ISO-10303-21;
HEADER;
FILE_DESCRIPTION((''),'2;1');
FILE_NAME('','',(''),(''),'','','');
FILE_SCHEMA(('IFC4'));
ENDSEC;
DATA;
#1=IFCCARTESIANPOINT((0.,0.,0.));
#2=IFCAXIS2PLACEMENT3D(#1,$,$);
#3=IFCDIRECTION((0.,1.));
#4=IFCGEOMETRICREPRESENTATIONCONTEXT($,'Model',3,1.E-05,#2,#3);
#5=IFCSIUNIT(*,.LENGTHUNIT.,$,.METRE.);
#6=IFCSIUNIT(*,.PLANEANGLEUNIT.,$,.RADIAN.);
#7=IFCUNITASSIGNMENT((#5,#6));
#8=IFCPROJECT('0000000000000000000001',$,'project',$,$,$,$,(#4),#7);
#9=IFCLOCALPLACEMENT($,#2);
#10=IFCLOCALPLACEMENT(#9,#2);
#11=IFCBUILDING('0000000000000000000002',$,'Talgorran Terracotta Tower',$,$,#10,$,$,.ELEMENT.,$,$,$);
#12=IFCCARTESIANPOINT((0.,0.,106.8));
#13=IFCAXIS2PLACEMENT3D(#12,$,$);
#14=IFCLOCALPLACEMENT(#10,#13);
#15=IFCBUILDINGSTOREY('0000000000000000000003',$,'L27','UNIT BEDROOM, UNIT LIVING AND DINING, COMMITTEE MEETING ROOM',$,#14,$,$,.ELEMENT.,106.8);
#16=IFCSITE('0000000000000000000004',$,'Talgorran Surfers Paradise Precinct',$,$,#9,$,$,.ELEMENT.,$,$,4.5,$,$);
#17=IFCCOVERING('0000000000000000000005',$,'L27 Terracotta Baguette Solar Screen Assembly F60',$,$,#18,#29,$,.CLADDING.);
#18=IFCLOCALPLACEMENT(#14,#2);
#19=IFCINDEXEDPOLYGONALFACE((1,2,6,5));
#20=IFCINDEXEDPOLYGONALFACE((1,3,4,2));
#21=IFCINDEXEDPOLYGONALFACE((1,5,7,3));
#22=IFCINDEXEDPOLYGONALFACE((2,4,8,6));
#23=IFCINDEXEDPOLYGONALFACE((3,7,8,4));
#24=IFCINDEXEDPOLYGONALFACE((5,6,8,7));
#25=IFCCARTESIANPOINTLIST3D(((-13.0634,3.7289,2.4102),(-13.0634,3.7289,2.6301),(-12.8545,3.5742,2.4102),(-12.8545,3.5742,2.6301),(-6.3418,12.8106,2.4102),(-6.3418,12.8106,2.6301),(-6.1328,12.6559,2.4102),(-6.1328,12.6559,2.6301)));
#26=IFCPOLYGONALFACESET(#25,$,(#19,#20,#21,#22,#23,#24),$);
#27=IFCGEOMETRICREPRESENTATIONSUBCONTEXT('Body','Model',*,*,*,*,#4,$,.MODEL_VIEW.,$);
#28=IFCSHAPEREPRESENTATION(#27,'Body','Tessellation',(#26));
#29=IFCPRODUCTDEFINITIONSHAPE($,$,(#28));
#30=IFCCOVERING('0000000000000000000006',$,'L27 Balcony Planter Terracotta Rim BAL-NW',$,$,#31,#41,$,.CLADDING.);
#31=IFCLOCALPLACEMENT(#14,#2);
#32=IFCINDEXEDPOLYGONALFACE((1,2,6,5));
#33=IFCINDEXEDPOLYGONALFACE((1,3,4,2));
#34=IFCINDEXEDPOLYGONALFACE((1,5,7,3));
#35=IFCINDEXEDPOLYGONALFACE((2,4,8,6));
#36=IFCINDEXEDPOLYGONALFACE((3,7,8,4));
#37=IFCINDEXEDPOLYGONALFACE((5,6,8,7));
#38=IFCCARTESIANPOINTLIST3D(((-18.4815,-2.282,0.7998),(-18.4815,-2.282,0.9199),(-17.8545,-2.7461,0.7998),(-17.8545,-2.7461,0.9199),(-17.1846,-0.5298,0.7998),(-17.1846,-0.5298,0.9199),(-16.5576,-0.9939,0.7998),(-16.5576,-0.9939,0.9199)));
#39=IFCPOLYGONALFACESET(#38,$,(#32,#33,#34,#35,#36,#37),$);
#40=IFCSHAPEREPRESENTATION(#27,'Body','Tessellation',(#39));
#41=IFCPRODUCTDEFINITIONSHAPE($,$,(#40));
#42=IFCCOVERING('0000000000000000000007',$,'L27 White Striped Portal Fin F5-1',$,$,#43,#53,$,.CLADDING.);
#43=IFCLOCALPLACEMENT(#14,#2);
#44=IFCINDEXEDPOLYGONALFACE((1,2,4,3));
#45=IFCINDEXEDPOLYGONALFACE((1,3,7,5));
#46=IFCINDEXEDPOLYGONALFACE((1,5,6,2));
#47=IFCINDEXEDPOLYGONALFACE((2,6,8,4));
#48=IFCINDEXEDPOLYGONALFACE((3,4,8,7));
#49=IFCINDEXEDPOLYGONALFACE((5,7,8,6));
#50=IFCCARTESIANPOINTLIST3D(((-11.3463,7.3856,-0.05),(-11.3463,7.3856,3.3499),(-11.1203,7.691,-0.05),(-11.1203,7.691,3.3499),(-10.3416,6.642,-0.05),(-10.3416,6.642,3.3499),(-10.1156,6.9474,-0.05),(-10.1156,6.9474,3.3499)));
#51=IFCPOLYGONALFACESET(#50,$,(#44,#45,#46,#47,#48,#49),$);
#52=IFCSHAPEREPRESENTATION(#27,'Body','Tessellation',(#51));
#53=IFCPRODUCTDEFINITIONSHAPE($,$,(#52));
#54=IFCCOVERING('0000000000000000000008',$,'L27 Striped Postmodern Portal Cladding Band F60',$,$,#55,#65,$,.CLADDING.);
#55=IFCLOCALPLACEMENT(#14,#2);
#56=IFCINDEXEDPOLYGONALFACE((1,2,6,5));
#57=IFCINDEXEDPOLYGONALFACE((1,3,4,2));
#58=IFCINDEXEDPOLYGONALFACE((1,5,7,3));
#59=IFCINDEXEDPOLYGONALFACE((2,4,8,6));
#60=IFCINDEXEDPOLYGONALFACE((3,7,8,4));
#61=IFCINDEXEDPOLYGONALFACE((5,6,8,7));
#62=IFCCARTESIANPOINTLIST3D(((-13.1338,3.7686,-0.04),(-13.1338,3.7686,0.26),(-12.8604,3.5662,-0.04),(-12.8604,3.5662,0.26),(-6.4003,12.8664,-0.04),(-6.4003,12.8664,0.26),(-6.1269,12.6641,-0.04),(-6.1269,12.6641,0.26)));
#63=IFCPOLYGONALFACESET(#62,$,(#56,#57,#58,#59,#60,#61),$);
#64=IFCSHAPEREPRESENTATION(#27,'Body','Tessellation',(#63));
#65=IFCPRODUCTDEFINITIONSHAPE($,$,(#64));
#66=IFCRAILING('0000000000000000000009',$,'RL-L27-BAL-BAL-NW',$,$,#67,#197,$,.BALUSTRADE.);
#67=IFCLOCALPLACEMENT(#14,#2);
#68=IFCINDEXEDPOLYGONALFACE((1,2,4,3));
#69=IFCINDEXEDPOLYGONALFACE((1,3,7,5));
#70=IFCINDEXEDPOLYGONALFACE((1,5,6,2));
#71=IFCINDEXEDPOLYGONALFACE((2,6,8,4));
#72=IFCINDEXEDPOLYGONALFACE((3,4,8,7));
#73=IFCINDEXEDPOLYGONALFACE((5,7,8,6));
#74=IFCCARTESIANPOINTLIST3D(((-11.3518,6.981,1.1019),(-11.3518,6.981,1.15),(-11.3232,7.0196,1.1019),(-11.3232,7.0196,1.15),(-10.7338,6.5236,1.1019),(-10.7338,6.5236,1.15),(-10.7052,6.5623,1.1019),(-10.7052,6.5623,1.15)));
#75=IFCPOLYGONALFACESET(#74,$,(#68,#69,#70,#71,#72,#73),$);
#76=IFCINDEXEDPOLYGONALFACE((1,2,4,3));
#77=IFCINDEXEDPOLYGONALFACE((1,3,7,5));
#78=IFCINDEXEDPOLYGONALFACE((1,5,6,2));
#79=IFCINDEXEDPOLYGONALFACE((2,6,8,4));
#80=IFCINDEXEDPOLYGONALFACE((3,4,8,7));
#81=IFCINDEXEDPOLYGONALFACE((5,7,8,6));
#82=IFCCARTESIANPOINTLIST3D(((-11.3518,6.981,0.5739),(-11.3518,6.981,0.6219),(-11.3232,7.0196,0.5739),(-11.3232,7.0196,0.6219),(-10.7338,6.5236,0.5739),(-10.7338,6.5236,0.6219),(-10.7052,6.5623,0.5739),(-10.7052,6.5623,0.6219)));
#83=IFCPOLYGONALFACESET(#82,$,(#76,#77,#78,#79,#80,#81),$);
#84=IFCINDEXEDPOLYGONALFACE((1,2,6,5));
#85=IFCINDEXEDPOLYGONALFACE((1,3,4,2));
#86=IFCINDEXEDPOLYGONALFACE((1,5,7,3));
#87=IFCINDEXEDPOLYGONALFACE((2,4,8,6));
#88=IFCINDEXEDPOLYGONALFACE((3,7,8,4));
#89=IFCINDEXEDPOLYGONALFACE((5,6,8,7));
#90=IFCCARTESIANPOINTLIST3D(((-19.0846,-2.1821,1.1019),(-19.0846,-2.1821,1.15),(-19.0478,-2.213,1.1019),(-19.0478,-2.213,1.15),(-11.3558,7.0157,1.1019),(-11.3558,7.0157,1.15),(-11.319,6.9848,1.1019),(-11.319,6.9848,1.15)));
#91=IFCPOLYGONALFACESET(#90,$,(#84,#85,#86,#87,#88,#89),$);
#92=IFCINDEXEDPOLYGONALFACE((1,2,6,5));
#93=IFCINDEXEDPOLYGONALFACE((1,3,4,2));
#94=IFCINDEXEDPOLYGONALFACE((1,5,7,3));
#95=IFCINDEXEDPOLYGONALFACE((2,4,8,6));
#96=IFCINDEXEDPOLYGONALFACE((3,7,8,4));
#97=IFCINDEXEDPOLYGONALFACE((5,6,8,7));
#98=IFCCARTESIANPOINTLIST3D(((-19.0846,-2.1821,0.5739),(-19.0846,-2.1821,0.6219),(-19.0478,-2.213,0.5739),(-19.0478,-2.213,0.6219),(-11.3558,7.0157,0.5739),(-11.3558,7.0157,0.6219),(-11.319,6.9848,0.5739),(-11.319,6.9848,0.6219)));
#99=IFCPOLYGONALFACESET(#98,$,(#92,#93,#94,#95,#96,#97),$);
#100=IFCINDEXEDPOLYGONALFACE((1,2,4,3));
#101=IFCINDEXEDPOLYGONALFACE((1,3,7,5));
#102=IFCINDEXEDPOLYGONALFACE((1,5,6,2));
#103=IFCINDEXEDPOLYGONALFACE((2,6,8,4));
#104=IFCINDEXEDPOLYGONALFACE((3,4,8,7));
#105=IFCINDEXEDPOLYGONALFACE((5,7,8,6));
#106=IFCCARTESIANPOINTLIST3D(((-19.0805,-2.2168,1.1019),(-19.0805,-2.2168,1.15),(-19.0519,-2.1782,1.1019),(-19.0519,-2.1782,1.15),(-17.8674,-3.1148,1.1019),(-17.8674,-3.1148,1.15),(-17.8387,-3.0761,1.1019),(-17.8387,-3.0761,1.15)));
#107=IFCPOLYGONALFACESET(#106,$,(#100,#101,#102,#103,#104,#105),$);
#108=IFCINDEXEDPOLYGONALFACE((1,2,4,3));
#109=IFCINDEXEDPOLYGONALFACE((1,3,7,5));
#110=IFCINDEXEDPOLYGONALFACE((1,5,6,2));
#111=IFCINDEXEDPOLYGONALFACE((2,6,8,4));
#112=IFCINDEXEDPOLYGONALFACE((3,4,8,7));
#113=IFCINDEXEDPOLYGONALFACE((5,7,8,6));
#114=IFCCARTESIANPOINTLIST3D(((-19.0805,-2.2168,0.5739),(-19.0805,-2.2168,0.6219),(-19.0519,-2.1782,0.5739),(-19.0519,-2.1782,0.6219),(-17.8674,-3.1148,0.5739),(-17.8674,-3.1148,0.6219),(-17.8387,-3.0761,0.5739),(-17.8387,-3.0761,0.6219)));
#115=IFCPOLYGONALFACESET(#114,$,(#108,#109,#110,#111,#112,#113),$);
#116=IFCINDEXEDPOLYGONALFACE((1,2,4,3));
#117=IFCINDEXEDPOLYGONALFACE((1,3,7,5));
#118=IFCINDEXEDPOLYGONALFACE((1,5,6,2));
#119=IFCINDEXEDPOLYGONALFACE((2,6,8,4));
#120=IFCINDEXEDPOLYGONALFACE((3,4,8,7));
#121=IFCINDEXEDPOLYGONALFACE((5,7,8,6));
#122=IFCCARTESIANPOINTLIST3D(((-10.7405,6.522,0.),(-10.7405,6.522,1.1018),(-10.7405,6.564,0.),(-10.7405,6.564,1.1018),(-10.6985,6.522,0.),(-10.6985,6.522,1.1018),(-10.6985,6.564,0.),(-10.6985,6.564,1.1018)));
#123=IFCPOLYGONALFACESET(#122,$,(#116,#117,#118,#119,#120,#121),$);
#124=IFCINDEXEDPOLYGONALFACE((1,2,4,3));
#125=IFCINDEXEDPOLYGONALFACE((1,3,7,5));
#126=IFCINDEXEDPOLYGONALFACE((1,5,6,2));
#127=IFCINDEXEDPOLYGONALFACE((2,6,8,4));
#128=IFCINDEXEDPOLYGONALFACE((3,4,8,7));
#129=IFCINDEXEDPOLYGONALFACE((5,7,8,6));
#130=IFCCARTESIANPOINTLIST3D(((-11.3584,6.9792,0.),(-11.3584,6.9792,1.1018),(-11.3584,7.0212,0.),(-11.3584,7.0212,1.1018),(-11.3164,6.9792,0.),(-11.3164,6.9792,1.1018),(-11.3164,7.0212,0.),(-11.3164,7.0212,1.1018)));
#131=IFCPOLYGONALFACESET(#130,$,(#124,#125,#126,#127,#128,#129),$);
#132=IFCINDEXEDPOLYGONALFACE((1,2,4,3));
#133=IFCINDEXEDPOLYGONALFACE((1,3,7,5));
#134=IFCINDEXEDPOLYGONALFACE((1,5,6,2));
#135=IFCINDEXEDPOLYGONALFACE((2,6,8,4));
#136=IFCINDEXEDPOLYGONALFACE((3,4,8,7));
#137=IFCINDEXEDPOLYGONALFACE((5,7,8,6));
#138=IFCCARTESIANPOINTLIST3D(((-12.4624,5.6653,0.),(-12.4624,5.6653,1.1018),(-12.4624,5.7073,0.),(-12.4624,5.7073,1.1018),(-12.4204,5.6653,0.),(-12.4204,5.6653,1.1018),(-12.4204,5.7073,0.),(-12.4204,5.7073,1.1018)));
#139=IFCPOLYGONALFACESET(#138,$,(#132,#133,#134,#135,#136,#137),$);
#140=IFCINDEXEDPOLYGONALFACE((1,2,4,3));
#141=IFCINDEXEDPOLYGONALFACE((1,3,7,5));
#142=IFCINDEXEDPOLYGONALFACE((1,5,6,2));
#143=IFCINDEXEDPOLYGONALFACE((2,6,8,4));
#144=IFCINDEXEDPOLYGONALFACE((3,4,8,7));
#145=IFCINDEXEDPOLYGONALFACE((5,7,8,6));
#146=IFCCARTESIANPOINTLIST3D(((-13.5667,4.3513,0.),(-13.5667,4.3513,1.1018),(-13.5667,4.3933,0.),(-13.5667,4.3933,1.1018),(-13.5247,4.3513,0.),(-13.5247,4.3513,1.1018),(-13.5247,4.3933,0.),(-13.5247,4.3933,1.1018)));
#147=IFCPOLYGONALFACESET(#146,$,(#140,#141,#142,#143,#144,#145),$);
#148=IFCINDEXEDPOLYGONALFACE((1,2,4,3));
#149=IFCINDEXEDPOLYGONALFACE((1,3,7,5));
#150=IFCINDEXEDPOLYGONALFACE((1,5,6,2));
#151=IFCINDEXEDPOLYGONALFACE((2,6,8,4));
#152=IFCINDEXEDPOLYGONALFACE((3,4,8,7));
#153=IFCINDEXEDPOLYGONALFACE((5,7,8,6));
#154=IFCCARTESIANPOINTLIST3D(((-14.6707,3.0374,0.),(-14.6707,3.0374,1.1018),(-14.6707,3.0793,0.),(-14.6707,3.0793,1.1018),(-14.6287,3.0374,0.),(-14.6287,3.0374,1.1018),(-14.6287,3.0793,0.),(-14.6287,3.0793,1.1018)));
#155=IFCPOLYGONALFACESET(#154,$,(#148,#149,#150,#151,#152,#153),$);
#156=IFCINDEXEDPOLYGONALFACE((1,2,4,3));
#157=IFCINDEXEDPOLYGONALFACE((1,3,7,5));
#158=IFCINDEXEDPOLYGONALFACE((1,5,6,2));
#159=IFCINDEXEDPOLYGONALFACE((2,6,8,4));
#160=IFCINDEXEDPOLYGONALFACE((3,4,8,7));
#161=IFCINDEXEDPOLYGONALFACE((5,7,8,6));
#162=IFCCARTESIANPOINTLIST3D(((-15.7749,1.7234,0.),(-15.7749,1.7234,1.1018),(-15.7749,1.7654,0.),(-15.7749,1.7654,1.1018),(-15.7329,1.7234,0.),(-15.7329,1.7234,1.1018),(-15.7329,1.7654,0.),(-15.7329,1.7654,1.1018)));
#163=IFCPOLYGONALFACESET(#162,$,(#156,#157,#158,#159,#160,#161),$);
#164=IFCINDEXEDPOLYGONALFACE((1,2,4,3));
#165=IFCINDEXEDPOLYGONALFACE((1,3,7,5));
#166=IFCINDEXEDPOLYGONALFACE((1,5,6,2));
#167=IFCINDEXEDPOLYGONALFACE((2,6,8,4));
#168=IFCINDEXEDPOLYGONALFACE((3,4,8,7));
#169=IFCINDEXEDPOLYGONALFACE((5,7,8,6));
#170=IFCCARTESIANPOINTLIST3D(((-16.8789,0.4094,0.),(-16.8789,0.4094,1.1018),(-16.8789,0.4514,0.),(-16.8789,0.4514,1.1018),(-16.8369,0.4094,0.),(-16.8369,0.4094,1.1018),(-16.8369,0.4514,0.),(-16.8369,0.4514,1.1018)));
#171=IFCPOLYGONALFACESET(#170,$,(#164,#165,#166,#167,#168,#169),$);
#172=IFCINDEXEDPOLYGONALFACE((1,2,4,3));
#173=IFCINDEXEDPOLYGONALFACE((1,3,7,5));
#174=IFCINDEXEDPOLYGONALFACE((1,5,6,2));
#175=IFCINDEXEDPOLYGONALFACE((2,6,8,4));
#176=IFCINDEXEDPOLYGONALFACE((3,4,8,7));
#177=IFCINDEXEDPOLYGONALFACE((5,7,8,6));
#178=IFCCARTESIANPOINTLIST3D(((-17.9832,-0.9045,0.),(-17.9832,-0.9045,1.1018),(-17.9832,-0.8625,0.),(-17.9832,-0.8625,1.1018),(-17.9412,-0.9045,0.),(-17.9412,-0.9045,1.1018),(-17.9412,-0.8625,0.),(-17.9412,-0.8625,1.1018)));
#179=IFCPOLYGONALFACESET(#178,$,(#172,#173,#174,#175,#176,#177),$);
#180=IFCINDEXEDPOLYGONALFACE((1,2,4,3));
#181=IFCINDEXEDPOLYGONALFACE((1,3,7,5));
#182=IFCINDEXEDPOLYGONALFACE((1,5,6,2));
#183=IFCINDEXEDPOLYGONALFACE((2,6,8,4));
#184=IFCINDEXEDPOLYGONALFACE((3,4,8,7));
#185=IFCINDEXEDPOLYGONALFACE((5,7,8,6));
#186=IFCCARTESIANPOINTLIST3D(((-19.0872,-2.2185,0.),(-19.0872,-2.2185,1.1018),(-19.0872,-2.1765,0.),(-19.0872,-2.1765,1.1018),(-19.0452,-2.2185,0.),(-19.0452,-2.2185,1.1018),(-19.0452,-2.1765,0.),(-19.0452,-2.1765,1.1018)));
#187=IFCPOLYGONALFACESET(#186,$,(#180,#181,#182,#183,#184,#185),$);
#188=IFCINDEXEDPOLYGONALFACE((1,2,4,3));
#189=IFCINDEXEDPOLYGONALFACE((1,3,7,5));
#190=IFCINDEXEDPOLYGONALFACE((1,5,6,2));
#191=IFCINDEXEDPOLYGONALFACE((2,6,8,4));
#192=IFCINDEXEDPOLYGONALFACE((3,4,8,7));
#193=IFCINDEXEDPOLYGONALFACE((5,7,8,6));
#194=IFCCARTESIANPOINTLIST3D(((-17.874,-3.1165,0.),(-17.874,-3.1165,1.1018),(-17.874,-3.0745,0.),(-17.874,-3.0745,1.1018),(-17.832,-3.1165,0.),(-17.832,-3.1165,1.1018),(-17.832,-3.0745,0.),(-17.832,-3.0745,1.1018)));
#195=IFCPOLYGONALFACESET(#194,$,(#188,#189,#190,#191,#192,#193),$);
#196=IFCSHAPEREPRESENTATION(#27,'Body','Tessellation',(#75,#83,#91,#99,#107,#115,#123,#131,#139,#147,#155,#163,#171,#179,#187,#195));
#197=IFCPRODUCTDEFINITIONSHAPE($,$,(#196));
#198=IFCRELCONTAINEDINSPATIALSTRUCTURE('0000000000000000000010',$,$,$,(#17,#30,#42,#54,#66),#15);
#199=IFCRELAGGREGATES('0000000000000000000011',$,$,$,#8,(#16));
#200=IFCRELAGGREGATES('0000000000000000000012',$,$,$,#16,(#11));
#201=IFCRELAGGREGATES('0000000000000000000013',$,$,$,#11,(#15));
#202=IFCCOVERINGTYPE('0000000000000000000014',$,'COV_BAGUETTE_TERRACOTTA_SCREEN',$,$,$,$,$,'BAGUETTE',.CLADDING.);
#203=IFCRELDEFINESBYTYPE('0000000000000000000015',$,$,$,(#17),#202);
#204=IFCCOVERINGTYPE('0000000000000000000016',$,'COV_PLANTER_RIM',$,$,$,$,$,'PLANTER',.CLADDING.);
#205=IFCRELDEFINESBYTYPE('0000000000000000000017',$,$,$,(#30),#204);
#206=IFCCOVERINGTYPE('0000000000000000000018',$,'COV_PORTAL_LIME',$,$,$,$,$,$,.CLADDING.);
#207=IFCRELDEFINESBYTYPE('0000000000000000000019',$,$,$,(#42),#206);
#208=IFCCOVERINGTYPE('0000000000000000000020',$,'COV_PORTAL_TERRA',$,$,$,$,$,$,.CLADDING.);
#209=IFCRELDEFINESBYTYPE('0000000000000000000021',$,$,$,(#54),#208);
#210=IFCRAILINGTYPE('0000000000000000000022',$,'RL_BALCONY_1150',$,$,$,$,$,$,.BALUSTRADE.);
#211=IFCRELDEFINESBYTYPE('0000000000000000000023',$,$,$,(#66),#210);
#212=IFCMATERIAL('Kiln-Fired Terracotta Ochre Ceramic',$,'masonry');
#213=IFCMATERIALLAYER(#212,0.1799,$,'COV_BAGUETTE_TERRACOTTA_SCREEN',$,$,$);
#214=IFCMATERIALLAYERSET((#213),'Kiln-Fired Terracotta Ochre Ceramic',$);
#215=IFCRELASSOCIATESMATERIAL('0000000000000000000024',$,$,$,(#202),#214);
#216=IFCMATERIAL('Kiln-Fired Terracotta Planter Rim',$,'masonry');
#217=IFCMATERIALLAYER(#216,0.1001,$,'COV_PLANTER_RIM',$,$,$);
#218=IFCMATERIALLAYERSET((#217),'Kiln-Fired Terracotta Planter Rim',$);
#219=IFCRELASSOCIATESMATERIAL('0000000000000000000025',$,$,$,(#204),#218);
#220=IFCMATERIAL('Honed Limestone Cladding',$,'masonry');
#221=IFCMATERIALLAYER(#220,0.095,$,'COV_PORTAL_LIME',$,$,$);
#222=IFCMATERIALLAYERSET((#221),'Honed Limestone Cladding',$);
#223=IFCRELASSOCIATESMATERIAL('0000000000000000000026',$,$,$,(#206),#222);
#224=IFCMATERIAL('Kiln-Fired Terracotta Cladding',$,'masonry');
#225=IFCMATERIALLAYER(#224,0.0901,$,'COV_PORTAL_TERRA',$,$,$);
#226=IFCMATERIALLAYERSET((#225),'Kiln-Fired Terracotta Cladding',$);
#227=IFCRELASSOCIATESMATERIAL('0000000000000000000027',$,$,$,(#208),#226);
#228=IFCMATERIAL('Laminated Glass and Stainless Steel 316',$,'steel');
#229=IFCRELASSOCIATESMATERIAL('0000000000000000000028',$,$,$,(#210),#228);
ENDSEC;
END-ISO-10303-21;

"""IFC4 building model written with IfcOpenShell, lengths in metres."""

from ifc_helpers import new_model, si_unit, direction, frame, origin, origin_2d, place, context, subcontext, project, spatial, rectangle, extrude, material, layer, layer_set, type_object, element, save


model = new_model("IFC4")

# Units and contexts
model_context = context("Model", 3, precision=1e-05, world=origin(), true_north=direction((0.0, 1.0)))
body_context = subcontext(model_context, "Body", "Model", "MODEL_VIEW")
ifc_project = project(units=[si_unit("LENGTHUNIT", "METRE"), si_unit("PLANEANGLEUNIT", "RADIAN")], contexts=[model_context])

# Site, building, storey
site_placement = place(None, origin())
site = spatial("IfcSite", under=ifc_project, at=site_placement, Name="Talgorran Surfers Paradise Precinct", CompositionType="ELEMENT", RefElevation=4.5)
building_placement = place(site_placement, origin())
building = spatial("IfcBuilding", under=site, at=building_placement, Name="Talgorran Terracotta Tower", CompositionType="ELEMENT")
storey_placement = place(building_placement, frame((0.0, 0.0, 106.8)))
storey = spatial("IfcBuildingStorey", under=building, at=storey_placement, Name="L27", Description="UNIT BEDROOM, UNIT LIVING AND DINING, COMMITTEE MEETING ROOM", CompositionType="ELEMENT", Elevation=106.8)

# Coverings
ifc_material_1 = material(Name="Kiln-Fired Terracotta Ochre Ceramic", Category="masonry")
ifc_layer_1 = layer(ifc_material_1, 0.1799, Name="COV_BAGUETTE_TERRACOTTA_SCREEN")
ifc_layer_set_1 = layer_set([ifc_layer_1], Name="Kiln-Fired Terracotta Ochre Ceramic")
covering_type_1 = type_object("IfcCoveringType", Name="COV_BAGUETTE_TERRACOTTA_SCREEN", ElementType="BAGUETTE", PredefinedType="CLADDING", material=ifc_layer_set_1)
covering_1_placement = place(storey_placement, frame((-9.5981, 8.1924, 2.4102), z_axis=(0.0, 0.0, 1.0), x_axis=(-0.594907, -0.803795, 0.0)))
element("IfcCovering", 1, at=covering_1_placement, inside=storey, type_object=covering_type_1, Name="L27 Terracotta Baguette Solar Screen Assembly F60", PredefinedType="CLADDING", context=body_context, shape_type="SweptSolid", body=[
    extrude(rectangle(XDim=11.2986, YDim=0.26, at=origin_2d()), origin(), (0.0, 0.0, 1.0), 0.22),
])
ifc_material_2 = material(Name="Kiln-Fired Terracotta Planter Rim", Category="masonry")
ifc_layer_2 = layer(ifc_material_2, 0.1001, Name="COV_PLANTER_RIM")
ifc_layer_set_2 = layer_set([ifc_layer_2], Name="Kiln-Fired Terracotta Planter Rim")
covering_type_2 = type_object("IfcCoveringType", Name="COV_PLANTER_RIM", ElementType="PLANTER", PredefinedType="CLADDING", material=ifc_layer_set_2)
covering_2_placement = place(storey_placement, frame((-17.5195, -1.6379, 0.7998), z_axis=(0.0, 0.0, 1.0), x_axis=(-0.594907, -0.803795, 0.0)))
element("IfcCovering", 2, at=covering_2_placement, inside=storey, type_object=covering_type_2, Name="L27 Balcony Planter Terracotta Rim BAL-NW", PredefinedType="CLADDING", context=body_context, shape_type="SweptSolid", body=[
    extrude(rectangle(XDim=2.1799, YDim=0.78, at=origin_2d()), origin(), (0.0, 0.0, 1.0), 0.1201),
])
ifc_material_3 = material(Name="Honed Limestone Cladding", Category="masonry")
ifc_layer_3 = layer(ifc_material_3, 0.095, Name="COV_PORTAL_LIME")
ifc_layer_set_3 = layer_set([ifc_layer_3], Name="Honed Limestone Cladding")
covering_type_3 = type_object("IfcCoveringType", Name="COV_PORTAL_LIME", PredefinedType="CLADDING", material=ifc_layer_set_3)
covering_3_placement = place(storey_placement, frame((-10.731, 7.1665, -0.05), z_axis=(0.0, 0.0, 1.0), x_axis=(-0.594907, -0.803795, 0.0)))
element("IfcCovering", 3, at=covering_3_placement, inside=storey, type_object=covering_type_3, Name="L27 White Striped Portal Fin F5-1", PredefinedType="CLADDING", context=body_context, shape_type="SweptSolid", body=[
    extrude(rectangle(XDim=0.3799, YDim=1.25, at=origin_2d()), origin(), (0.0, 0.0, 1.0), 3.3999),
])
ifc_material_4 = material(Name="Kiln-Fired Terracotta Cladding", Category="masonry")
ifc_layer_4 = layer(ifc_material_4, 0.0901, Name="COV_PORTAL_TERRA")
ifc_layer_set_4 = layer_set([ifc_layer_4], Name="Kiln-Fired Terracotta Cladding")
covering_type_4 = type_object("IfcCoveringType", Name="COV_PORTAL_TERRA", PredefinedType="CLADDING", material=ifc_layer_set_4)
covering_4_placement = place(storey_placement, frame((-9.6304, 8.2163, -0.04), z_axis=(0.0, 0.0, 1.0), x_axis=(-0.594907, -0.803795, 0.0)))
element("IfcCovering", 4, at=covering_4_placement, inside=storey, type_object=covering_type_4, Name="L27 Striped Postmodern Portal Cladding Band F60", PredefinedType="CLADDING", context=body_context, shape_type="SweptSolid", body=[
    extrude(rectangle(XDim=11.3186, YDim=0.3401, at=origin_2d()), origin(), (0.0, 0.0, 1.0), 0.3),
])

# Railing
ifc_material_5 = material(Name="Laminated Glass and Stainless Steel 316", Category="steel")
railing_type = type_object("IfcRailingType", Name="RL_BALCONY_1150", PredefinedType="BALUSTRADE", material=ifc_material_5)
railing_placement = place(storey_placement, frame((-10.7195, 6.543, 0.0)))
element("IfcRailing", 5, at=railing_placement, inside=storey, type_object=railing_type, Name="RL-L27-BAL-BAL-NW", PredefinedType="BALUSTRADE", context=body_context, shape_type="SweptSolid", body=[
    extrude(rectangle(XDim=0.0481, YDim=0.0481, at=origin_2d()), frame((0.0, 0.0, 1.126), z_axis=(-0.803833, 0.594855, 0.0), x_axis=(-0.594855, -0.803833, 0.0)), (0.0, 0.0, 1.0), 0.7688),
    extrude(rectangle(XDim=0.0481, YDim=0.0481, at=origin_2d()), frame((0.0, 0.0, 0.5979), z_axis=(-0.803833, 0.594855, 0.0), x_axis=(-0.594855, -0.803833, 0.0)), (0.0, 0.0, 1.0), 0.7688),
    extrude(rectangle(XDim=0.0481, YDim=0.0481, at=origin_2d()), frame((-0.6179, 0.4573, 1.126), z_axis=(-0.643321, -0.765596, 0.0), x_axis=(0.765596, -0.643321, 0.0)), (0.0, 0.0, 1.0), 12.0139),
    extrude(rectangle(XDim=0.0481, YDim=0.0481, at=origin_2d()), frame((-0.6179, 0.4573, 0.5979), z_axis=(-0.643321, -0.765596, 0.0), x_axis=(0.765596, -0.643321, 0.0)), (0.0, 0.0, 1.0), 12.0139),
    extrude(rectangle(XDim=0.0481, YDim=0.0481, at=origin_2d()), frame((-8.3467, -8.7405, 1.126), z_axis=(0.803769, -0.594941, 0.0), x_axis=(0.594941, 0.803769, 0.0)), (0.0, 0.0, 1.0), 1.5093),
    extrude(rectangle(XDim=0.0481, YDim=0.0481, at=origin_2d()), frame((-8.3467, -8.7405, 0.5979), z_axis=(0.803769, -0.594941, 0.0), x_axis=(0.594941, 0.803769, 0.0)), (0.0, 0.0, 1.0), 1.5093),
    extrude(rectangle(XDim=0.042, YDim=0.042, at=origin_2d()), origin(), (0.0, 0.0, 1.0), 1.1018),
    extrude(rectangle(XDim=0.042, YDim=0.042, at=origin_2d()), frame((-0.6179, 0.4573, 0.0)), (0.0, 0.0, 1.0), 1.1018),
    extrude(rectangle(XDim=0.042, YDim=0.042, at=origin_2d()), frame((-1.7219, -0.8567, 0.0)), (0.0, 0.0, 1.0), 1.1018),
    extrude(rectangle(XDim=0.042, YDim=0.042, at=origin_2d()), frame((-2.8262, -2.1707, 0.0)), (0.0, 0.0, 1.0), 1.1018),
    extrude(rectangle(XDim=0.042, YDim=0.042, at=origin_2d()), frame((-3.9302, -3.4846, 0.0)), (0.0, 0.0, 1.0), 1.1018),
    extrude(rectangle(XDim=0.042, YDim=0.042, at=origin_2d()), frame((-5.0344, -4.7986, 0.0)), (0.0, 0.0, 1.0), 1.1018),
    extrude(rectangle(XDim=0.042, YDim=0.042, at=origin_2d()), frame((-6.1384, -6.1125, 0.0)), (0.0, 0.0, 1.0), 1.1018),
    extrude(rectangle(XDim=0.042, YDim=0.042, at=origin_2d()), frame((-7.2427, -7.4265, 0.0)), (0.0, 0.0, 1.0), 1.1018),
    extrude(rectangle(XDim=0.042, YDim=0.042, at=origin_2d()), frame((-8.3467, -8.7405, 0.0)), (0.0, 0.0, 1.0), 1.1018),
    extrude(rectangle(XDim=0.042, YDim=0.042, at=origin_2d()), frame((-7.1335, -9.6384, 0.0)), (0.0, 0.0, 1.0), 1.1018),
])

save(model, "model.ifc")
